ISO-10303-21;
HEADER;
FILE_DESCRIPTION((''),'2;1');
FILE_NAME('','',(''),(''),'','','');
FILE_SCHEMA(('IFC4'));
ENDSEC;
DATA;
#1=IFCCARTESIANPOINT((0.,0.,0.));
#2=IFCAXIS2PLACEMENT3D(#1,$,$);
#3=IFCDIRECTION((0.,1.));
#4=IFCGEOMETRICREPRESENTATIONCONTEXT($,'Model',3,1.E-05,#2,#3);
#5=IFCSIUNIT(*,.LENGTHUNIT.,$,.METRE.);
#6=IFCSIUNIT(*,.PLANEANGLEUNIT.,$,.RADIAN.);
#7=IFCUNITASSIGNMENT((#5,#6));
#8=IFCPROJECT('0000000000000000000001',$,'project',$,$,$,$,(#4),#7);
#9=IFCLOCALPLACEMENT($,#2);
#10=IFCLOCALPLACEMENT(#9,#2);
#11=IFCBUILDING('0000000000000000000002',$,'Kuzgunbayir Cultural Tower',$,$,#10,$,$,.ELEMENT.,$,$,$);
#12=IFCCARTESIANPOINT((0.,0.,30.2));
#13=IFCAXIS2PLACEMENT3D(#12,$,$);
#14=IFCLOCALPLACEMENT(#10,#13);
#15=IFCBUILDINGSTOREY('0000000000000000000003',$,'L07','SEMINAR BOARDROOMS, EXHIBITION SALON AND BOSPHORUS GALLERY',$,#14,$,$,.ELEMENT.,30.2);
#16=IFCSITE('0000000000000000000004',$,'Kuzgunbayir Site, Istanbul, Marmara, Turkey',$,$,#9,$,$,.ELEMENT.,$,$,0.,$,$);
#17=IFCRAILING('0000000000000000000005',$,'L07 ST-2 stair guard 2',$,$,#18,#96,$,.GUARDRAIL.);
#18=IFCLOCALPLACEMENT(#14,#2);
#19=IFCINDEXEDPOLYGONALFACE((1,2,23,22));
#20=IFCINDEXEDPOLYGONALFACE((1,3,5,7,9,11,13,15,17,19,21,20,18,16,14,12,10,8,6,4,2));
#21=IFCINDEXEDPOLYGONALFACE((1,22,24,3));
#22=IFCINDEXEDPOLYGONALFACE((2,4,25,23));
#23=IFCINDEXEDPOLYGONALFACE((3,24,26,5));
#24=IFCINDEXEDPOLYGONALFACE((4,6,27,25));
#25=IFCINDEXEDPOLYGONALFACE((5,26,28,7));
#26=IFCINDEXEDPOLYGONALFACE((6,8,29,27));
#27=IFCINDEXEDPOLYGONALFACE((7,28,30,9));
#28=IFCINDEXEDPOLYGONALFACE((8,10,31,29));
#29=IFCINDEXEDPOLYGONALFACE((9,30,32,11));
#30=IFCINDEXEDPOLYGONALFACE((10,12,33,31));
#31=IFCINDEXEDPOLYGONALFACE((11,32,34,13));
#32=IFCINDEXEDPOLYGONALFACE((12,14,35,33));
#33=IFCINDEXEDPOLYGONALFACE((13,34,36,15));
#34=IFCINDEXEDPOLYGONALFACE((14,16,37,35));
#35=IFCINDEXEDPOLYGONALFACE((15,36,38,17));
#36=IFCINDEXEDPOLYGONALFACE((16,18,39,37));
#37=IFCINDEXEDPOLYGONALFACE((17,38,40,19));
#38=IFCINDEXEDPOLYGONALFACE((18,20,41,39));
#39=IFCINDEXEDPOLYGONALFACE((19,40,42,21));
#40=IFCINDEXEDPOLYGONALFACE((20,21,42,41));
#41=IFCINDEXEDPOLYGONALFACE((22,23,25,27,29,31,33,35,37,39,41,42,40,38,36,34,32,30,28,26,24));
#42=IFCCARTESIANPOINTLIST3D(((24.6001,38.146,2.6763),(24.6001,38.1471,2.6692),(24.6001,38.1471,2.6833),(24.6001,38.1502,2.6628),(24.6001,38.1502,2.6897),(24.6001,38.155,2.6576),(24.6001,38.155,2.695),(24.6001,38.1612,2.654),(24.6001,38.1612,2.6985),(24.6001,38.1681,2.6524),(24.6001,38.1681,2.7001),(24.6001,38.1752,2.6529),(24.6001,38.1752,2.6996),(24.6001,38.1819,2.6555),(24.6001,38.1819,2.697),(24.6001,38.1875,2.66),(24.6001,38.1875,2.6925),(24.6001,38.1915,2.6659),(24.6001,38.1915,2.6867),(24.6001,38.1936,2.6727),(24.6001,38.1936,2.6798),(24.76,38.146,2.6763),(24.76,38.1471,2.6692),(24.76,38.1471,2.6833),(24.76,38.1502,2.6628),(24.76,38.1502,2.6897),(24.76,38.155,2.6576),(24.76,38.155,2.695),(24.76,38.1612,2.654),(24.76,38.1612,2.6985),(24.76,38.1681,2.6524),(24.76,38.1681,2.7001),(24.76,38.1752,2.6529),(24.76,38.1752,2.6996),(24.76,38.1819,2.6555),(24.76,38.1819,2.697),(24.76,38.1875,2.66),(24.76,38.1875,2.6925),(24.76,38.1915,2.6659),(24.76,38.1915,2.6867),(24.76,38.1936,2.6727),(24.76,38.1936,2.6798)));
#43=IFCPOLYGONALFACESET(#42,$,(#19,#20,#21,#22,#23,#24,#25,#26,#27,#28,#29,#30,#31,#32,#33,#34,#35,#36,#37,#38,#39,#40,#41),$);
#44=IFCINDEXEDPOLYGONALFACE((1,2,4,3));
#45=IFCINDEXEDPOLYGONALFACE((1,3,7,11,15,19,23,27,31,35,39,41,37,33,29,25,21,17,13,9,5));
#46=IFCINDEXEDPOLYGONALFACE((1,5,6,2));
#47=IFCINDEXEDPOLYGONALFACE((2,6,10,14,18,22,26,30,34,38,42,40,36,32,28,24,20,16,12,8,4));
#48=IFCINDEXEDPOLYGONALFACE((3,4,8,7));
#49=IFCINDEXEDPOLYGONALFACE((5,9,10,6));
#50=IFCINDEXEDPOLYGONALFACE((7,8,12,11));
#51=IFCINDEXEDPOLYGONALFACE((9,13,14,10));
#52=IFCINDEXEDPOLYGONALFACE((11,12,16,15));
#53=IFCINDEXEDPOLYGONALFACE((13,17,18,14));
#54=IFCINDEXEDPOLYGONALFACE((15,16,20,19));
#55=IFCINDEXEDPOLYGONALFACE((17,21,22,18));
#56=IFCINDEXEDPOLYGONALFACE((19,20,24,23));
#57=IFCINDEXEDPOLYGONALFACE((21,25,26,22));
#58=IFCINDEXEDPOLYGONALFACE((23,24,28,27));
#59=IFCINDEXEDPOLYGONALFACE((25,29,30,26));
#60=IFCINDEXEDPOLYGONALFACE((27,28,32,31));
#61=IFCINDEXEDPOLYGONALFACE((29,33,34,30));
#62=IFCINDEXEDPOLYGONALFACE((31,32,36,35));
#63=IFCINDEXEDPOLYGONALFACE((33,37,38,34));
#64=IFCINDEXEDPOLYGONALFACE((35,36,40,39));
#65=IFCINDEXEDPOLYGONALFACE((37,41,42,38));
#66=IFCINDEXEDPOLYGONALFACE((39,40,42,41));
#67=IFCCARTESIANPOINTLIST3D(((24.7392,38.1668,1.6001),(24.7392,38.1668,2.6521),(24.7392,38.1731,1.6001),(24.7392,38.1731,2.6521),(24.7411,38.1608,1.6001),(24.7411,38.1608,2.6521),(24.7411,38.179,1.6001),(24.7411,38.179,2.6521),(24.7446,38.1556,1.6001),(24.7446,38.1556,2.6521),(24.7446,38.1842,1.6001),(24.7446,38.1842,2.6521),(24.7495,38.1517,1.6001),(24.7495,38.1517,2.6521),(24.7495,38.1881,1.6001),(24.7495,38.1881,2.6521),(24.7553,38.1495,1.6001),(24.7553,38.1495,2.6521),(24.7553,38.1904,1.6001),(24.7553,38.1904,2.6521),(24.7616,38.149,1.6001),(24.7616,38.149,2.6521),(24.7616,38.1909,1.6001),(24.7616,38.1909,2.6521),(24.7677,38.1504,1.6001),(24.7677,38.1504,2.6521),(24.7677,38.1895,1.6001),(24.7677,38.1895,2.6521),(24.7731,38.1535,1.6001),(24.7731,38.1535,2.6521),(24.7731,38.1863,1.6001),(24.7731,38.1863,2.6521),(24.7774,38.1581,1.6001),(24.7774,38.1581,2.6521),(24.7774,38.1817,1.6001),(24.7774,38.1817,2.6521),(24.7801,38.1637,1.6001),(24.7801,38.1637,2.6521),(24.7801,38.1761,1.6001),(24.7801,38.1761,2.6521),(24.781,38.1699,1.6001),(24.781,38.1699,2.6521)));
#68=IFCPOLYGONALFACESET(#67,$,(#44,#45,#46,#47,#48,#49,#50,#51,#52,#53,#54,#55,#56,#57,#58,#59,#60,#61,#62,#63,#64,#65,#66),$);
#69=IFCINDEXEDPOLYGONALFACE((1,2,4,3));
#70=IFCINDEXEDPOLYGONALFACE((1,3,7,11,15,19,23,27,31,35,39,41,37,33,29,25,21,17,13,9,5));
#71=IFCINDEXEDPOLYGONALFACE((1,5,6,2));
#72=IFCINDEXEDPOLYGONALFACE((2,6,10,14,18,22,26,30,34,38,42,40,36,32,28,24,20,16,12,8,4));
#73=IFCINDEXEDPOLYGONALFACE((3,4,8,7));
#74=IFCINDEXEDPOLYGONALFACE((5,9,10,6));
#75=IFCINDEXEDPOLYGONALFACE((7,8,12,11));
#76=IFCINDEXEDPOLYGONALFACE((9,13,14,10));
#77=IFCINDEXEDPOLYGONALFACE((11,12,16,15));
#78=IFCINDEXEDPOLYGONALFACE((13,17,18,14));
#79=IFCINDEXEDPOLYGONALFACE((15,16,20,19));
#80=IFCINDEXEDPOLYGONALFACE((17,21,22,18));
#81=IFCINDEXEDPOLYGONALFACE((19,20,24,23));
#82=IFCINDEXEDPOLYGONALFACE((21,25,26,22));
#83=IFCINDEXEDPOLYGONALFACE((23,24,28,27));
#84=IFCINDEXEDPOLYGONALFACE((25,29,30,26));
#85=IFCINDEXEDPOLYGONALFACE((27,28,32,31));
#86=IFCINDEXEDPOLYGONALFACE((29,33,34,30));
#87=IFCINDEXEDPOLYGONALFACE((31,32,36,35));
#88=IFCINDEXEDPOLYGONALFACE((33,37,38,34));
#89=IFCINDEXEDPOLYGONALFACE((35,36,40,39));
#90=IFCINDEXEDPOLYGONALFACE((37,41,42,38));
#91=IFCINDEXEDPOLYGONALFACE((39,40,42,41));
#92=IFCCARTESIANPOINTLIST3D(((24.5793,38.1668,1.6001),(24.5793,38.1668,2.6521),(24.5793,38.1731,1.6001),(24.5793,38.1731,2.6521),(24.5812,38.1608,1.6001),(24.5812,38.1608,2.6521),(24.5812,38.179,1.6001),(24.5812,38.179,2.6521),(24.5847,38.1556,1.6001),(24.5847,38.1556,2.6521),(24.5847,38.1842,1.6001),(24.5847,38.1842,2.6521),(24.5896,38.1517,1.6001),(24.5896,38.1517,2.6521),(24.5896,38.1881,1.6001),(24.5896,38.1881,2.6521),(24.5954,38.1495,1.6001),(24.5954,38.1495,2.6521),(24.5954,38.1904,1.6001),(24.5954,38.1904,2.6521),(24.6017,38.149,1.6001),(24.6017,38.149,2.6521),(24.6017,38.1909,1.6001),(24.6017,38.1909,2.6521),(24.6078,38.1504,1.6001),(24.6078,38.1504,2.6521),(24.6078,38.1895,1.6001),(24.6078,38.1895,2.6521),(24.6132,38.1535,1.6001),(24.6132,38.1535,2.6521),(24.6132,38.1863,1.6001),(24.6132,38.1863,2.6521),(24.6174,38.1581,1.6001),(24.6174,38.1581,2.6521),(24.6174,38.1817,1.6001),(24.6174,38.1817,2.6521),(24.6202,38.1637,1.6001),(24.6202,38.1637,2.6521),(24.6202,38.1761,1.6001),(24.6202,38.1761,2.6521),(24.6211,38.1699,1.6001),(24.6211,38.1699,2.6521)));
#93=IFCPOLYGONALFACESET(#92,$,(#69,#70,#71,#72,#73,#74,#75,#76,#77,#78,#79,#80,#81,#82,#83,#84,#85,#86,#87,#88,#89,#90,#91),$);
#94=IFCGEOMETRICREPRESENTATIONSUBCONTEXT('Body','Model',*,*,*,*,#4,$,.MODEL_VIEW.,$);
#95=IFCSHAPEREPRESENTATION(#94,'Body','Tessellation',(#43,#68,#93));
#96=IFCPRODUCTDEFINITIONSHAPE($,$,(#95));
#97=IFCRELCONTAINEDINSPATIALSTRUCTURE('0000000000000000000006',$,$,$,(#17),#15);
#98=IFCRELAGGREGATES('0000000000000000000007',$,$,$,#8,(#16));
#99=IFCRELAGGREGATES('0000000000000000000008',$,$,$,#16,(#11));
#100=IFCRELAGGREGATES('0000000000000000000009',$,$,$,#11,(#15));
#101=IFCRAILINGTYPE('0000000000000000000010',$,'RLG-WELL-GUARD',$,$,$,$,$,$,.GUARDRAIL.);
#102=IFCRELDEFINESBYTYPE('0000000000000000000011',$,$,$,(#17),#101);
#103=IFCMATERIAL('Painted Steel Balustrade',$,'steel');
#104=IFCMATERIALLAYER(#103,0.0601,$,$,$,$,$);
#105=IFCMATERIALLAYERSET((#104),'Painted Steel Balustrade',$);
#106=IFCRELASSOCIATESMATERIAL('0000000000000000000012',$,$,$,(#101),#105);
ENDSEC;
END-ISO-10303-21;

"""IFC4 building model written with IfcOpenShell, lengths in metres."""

from ifc_helpers import new_model, si_unit, direction, frame, origin, origin_2d, place, context, subcontext, project, spatial, circle, extrude, material, layer, layer_set, type_object, element, save


model = new_model("IFC4")

# Units and contexts
model_context = context("Model", 3, precision=1e-05, world=origin(), true_north=direction((0.0, 1.0)))
body_context = subcontext(model_context, "Body", "Model", "MODEL_VIEW")
ifc_project = project(units=[si_unit("LENGTHUNIT", "METRE"), si_unit("PLANEANGLEUNIT", "RADIAN")], contexts=[model_context])

# Site, building, storey
site_placement = place(None, origin())
site = spatial("IfcSite", under=ifc_project, at=site_placement, Name="Kuzgunbayir Site, Istanbul, Marmara, Turkey", CompositionType="ELEMENT", RefElevation=0.0)
building_placement = place(site_placement, origin())
building = spatial("IfcBuilding", under=site, at=building_placement, Name="Kuzgunbayir Cultural Tower", CompositionType="ELEMENT")
storey_placement = place(building_placement, frame((0.0, 0.0, 30.2)))
storey = spatial("IfcBuildingStorey", under=building, at=storey_placement, Name="L07", Description="SEMINAR BOARDROOMS, EXHIBITION SALON AND BOSPHORUS GALLERY", CompositionType="ELEMENT", Elevation=30.2)

# Railing
ifc_material_1 = material(Name="Painted Steel Balustrade", Category="steel")
ifc_layer_1 = layer(ifc_material_1, 0.0601)
ifc_layer_set_1 = layer_set([ifc_layer_1], Name="Painted Steel Balustrade")
railing_type_1 = type_object("IfcRailingType", Name="RLG-WELL-GUARD", PredefinedType="GUARDRAIL", material=ifc_layer_set_1)
railing_1_placement = place(storey_placement, frame((24.76, 38.1699, 1.6001)))
element("IfcRailing", 1, at=railing_1_placement, inside=storey, type_object=railing_type_1, Name="L07 ST-2 stair guard 2", PredefinedType="GUARDRAIL", context=body_context, shape_type="SweptSolid", body=[
    extrude(circle(Radius=0.0239, at=origin_2d()), frame((0.0, 0.0, 1.0762), z_axis=(-1.0, 0.0, 0.0), x_axis=(0.0, -1.0, 0.0)), (0.0, 0.0, 1.0), 0.1599),
    extrude(circle(Radius=0.021, at=origin_2d()), origin(), (0.0, 0.0, 1.0), 1.052),
    extrude(circle(Radius=0.021, at=origin_2d()), frame((-0.1599, 0.0, 0.0)), (0.0, 0.0, 1.0), 1.052),
])

save(model, "model.ifc")
